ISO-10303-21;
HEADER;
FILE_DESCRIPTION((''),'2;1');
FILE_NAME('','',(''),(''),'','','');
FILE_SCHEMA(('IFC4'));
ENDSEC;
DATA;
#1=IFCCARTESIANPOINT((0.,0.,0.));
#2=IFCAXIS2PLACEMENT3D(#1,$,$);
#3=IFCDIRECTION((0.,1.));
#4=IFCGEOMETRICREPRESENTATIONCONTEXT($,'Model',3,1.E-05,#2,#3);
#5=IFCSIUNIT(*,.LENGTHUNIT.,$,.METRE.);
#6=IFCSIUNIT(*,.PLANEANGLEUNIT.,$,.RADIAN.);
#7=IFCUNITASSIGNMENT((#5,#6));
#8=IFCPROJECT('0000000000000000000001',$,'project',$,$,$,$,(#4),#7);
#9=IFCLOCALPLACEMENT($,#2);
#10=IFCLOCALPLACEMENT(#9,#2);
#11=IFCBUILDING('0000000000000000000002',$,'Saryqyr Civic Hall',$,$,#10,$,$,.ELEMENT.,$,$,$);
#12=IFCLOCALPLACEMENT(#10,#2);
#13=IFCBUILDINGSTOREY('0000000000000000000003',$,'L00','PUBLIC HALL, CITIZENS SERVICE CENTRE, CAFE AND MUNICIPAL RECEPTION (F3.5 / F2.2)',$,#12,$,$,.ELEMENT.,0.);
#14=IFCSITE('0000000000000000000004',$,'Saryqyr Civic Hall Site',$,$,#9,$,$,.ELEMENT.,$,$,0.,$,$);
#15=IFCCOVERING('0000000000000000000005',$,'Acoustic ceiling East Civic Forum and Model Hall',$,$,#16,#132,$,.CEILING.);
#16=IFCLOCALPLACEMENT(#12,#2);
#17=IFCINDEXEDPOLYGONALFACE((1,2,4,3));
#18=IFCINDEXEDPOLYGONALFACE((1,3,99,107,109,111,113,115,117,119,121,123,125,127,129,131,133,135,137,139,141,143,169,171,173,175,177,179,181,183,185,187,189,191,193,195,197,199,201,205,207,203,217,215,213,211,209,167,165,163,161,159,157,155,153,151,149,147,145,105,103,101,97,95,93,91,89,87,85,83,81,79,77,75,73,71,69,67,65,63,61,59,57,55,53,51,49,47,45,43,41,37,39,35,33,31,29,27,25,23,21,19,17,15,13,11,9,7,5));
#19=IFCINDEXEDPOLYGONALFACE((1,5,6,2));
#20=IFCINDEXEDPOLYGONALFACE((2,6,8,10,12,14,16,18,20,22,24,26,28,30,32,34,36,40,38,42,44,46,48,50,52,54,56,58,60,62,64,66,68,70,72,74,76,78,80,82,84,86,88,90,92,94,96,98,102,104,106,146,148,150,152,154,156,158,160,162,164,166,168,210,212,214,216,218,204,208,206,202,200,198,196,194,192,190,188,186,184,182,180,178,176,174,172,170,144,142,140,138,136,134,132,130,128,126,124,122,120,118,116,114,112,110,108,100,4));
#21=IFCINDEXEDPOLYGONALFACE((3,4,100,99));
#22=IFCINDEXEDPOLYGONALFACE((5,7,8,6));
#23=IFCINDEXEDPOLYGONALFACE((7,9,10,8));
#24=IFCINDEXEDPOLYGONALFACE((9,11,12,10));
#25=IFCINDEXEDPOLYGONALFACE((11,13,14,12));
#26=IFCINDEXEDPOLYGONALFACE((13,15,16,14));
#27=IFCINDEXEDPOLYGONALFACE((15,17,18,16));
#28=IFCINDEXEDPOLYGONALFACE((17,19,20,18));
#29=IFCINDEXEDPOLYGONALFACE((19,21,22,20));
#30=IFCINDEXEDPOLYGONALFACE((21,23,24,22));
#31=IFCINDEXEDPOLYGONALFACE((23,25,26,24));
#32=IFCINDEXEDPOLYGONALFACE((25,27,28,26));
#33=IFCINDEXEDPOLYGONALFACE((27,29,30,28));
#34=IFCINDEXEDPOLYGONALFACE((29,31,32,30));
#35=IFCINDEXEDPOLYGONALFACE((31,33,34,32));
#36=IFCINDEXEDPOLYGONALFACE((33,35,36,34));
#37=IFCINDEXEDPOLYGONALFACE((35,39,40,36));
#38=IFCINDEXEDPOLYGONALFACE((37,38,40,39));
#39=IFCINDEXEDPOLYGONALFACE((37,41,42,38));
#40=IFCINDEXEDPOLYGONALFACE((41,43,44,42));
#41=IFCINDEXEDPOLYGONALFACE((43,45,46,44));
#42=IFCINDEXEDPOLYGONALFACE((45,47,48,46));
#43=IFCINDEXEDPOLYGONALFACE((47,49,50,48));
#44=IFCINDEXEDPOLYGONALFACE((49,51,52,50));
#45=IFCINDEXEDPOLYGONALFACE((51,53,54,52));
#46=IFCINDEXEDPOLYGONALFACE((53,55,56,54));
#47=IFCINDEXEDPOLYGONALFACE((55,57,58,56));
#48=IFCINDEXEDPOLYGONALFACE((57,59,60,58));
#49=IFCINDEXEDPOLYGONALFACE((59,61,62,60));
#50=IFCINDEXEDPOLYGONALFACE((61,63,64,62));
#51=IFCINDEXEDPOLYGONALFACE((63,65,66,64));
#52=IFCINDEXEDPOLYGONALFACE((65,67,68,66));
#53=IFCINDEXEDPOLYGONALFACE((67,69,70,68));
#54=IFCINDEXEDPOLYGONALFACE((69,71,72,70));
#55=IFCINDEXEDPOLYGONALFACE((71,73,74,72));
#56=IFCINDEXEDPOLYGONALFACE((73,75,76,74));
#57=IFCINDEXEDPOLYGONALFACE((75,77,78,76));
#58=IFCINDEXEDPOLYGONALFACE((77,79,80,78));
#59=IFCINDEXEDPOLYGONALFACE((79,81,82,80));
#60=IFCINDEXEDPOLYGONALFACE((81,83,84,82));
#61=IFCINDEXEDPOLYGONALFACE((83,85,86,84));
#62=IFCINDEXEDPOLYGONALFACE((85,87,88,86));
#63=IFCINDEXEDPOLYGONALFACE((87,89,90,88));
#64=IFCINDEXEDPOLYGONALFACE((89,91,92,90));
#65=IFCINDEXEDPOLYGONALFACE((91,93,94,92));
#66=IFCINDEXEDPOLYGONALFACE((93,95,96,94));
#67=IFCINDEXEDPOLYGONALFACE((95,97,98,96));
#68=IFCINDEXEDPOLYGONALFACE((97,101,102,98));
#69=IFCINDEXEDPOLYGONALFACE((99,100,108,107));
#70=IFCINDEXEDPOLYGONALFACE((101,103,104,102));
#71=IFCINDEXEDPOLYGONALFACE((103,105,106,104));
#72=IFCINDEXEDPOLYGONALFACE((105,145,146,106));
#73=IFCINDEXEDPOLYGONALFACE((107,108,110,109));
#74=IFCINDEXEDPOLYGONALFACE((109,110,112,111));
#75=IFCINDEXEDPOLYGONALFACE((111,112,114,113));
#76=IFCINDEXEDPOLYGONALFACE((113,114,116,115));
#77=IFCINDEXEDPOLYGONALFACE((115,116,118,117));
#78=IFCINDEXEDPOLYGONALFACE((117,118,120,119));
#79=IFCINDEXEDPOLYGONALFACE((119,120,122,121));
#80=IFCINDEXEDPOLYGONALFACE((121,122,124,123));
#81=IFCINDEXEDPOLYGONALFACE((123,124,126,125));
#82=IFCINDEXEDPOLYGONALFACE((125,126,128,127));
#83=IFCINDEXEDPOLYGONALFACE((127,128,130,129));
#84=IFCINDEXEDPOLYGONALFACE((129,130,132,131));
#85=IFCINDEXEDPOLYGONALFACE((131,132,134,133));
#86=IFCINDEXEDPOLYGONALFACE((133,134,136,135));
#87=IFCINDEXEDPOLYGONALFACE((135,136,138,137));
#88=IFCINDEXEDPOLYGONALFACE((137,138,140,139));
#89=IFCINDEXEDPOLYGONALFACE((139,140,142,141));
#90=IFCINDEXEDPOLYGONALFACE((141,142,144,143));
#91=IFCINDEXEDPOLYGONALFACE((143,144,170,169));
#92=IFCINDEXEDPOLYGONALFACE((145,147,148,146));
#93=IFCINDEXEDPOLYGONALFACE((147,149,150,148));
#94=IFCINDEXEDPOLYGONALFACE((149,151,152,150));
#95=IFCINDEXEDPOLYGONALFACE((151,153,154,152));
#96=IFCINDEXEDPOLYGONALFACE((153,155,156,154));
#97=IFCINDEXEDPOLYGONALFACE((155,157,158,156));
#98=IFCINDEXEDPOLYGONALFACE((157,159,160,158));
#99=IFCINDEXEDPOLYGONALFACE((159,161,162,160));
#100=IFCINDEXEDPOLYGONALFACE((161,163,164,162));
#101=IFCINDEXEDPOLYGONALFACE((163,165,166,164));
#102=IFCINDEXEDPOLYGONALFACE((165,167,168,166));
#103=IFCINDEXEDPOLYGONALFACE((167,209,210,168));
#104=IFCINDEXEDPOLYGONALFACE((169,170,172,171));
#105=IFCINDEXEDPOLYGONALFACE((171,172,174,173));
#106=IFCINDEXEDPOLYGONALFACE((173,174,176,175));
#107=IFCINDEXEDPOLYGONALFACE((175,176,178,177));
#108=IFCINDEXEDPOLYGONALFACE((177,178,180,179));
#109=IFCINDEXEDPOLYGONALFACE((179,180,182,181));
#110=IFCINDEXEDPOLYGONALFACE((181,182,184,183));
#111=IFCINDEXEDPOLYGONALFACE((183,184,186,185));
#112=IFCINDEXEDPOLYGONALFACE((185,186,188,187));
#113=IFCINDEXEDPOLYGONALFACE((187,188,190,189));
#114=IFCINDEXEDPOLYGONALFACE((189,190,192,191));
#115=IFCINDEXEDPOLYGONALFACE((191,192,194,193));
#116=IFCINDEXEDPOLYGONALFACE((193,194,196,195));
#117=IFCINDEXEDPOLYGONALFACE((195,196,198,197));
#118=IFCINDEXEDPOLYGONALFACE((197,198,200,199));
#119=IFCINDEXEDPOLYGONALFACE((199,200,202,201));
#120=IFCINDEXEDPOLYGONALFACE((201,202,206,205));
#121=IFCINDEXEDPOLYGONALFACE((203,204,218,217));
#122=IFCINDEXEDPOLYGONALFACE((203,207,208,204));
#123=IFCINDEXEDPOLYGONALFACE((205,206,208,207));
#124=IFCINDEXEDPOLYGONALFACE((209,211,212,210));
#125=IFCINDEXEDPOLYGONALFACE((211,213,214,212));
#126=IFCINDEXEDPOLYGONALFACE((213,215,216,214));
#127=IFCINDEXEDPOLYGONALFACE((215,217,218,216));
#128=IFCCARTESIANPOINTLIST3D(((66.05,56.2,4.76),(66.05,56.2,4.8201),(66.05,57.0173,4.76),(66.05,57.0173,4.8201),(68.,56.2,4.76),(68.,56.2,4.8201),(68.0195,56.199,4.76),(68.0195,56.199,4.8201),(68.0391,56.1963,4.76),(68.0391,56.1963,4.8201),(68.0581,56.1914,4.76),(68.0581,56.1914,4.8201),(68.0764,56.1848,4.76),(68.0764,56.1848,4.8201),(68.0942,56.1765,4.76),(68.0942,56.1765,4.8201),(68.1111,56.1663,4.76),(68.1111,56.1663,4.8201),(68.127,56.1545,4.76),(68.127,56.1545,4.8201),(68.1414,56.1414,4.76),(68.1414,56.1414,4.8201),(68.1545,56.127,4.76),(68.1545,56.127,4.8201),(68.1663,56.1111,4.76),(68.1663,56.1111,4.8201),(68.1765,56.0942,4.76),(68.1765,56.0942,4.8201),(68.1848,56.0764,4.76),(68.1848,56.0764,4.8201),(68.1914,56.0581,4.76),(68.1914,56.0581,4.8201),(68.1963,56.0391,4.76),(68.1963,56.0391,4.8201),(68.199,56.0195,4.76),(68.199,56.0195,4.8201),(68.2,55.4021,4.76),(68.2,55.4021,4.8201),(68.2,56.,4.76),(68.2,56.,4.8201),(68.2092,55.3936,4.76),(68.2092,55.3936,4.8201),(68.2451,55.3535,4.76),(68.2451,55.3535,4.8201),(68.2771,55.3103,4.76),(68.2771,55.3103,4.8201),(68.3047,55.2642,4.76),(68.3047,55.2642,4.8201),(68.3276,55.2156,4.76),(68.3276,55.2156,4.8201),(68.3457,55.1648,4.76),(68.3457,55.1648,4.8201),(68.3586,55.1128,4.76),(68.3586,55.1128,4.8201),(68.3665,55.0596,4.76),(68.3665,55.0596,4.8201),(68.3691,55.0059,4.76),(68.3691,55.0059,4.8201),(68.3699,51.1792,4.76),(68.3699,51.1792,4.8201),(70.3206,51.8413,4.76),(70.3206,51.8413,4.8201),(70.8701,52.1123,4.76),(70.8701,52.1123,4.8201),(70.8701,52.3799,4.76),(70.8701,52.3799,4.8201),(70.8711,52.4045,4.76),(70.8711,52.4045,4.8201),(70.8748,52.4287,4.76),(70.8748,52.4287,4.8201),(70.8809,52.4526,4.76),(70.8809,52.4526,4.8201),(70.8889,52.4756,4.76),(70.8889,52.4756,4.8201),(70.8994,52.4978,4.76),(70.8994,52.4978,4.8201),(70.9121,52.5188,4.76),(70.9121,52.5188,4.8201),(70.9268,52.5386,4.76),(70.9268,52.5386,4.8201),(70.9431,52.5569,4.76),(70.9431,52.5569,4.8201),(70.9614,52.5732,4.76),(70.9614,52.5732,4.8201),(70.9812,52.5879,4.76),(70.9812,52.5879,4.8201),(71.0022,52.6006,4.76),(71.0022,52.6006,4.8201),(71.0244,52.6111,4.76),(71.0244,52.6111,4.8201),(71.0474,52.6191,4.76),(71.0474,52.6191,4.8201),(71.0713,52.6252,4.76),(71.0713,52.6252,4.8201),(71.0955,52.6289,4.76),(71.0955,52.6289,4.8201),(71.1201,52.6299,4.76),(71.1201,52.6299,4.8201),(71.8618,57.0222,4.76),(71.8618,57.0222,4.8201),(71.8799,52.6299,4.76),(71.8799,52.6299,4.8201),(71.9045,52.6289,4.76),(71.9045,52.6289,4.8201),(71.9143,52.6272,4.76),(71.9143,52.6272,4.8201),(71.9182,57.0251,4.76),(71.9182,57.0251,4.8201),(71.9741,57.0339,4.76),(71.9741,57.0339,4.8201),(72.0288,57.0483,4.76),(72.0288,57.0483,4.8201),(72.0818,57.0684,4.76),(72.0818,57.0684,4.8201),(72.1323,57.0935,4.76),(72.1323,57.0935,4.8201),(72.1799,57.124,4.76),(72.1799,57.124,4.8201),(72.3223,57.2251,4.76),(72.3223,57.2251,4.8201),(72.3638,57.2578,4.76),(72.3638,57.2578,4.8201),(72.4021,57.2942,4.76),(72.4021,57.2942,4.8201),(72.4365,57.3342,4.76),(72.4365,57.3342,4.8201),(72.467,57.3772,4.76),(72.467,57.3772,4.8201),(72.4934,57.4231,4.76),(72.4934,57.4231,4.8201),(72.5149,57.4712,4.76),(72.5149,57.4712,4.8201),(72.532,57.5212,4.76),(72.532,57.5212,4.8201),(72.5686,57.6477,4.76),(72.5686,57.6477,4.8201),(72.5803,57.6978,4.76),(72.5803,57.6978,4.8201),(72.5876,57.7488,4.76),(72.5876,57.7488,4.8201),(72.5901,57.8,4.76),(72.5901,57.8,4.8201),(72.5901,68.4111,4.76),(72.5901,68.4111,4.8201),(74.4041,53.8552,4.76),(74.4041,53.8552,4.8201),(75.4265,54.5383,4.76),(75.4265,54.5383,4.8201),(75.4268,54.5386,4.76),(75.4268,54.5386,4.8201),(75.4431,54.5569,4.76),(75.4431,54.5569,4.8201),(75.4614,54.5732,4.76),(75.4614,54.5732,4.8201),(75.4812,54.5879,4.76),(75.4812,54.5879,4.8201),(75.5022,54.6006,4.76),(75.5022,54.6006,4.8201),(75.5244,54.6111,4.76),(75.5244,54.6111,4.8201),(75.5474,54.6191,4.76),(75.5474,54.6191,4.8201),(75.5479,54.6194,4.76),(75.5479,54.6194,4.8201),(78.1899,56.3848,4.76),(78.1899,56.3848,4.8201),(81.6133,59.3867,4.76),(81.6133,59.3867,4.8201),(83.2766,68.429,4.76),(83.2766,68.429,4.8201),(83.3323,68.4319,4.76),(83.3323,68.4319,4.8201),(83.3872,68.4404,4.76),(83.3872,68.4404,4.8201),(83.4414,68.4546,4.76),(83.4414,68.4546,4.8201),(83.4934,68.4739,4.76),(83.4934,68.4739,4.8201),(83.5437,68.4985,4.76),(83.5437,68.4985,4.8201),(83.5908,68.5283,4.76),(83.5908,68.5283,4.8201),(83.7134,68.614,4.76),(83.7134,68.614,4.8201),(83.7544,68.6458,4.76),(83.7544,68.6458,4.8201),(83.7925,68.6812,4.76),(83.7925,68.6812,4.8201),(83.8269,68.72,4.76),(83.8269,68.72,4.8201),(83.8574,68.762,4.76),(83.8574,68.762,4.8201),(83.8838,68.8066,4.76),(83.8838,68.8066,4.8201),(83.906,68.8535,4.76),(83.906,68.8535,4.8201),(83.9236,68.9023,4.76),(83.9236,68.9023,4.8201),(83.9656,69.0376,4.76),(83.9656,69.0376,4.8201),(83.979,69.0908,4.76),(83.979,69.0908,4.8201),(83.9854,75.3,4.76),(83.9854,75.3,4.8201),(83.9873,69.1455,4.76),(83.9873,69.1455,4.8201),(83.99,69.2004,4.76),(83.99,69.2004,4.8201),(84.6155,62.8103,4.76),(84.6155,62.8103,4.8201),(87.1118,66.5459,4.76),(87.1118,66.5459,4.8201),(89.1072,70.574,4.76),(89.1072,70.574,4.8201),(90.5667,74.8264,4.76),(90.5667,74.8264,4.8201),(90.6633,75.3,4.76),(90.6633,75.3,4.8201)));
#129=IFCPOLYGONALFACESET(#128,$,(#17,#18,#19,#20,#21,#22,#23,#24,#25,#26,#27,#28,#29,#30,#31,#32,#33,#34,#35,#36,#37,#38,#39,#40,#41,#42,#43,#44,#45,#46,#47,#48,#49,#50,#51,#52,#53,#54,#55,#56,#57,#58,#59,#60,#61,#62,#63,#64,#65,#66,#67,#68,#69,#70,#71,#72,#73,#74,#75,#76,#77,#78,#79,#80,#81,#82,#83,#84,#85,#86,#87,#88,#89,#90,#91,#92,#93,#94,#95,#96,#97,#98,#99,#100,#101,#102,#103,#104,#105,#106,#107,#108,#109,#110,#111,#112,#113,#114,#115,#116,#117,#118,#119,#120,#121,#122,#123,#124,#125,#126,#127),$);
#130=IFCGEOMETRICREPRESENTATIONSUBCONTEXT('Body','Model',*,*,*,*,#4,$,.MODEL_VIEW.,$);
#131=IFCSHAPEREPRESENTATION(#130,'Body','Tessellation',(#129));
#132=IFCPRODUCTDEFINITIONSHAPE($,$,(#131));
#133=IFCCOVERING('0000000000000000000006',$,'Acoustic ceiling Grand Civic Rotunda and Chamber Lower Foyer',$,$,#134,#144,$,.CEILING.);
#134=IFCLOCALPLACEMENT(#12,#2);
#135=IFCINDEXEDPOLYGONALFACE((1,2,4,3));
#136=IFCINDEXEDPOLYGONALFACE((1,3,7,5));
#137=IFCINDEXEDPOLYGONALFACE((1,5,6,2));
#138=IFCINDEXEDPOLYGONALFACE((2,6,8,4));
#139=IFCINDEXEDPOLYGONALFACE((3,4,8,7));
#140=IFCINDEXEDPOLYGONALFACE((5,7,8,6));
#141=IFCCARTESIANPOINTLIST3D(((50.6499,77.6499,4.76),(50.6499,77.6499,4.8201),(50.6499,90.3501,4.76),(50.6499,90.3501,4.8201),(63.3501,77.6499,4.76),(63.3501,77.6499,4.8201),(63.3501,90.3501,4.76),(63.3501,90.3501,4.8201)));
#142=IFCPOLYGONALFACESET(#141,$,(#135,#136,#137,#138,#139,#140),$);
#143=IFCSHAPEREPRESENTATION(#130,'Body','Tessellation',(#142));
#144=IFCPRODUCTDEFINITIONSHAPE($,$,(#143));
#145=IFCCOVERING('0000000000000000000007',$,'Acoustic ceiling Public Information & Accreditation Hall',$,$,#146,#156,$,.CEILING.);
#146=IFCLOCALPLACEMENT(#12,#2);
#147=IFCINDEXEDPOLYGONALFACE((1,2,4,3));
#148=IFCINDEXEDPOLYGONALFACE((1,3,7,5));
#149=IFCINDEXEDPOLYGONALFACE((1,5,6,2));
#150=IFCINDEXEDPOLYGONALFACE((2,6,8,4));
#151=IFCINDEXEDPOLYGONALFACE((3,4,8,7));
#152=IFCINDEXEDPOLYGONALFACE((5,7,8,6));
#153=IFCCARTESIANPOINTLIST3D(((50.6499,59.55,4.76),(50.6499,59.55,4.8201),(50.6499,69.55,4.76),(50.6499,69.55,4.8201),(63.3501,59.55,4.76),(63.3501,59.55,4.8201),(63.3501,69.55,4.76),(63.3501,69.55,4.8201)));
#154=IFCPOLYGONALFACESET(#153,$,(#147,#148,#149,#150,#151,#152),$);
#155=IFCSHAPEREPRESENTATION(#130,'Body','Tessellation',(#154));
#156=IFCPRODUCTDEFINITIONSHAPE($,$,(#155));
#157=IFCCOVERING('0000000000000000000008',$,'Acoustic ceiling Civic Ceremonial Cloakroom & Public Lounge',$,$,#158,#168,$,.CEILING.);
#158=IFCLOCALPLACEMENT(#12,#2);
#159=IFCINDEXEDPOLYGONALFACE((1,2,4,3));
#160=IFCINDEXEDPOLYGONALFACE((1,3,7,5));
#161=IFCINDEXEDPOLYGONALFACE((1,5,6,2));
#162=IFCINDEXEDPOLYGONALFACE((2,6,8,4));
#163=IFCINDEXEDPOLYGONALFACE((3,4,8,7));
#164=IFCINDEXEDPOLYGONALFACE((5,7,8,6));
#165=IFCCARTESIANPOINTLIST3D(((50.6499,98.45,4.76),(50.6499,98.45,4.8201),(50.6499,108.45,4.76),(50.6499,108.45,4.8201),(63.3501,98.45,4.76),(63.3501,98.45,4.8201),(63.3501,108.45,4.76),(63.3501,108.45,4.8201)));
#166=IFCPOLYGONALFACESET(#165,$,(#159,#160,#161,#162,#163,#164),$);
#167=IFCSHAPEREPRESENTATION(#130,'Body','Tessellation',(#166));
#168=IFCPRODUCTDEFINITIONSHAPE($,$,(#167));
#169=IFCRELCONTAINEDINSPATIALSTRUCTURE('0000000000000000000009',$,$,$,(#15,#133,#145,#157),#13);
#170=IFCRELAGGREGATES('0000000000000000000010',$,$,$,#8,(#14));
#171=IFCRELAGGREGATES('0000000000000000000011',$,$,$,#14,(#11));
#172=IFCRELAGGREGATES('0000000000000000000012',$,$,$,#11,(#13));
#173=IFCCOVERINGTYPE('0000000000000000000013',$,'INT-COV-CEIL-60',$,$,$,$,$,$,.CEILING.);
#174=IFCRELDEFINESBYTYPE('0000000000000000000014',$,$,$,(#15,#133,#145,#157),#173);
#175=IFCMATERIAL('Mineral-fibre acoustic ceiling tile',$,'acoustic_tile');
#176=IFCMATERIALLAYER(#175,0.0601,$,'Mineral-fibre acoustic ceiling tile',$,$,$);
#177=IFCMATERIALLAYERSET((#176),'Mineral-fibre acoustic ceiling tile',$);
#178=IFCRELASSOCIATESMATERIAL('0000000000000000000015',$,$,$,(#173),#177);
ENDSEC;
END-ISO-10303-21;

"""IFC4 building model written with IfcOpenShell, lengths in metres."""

from ifc_helpers import new_model, si_unit, direction, frame, origin, place, context, subcontext, project, spatial, polyline, outline, extrude, material, layer, layer_set, type_object, element, save


model = new_model("IFC4")

# Units and contexts
model_context = context("Model", 3, precision=1e-05, world=origin(), true_north=direction((0.0, 1.0)))
body_context = subcontext(model_context, "Body", "Model", "MODEL_VIEW")
ifc_project = project(units=[si_unit("LENGTHUNIT", "METRE"), si_unit("PLANEANGLEUNIT", "RADIAN")], contexts=[model_context])

# Site, building, storey
site_placement = place(None, origin())
site = spatial("IfcSite", under=ifc_project, at=site_placement, Name="Saryqyr Civic Hall Site", CompositionType="ELEMENT", RefElevation=0.0)
building_placement = place(site_placement, origin())
building = spatial("IfcBuilding", under=site, at=building_placement, Name="Saryqyr Civic Hall", CompositionType="ELEMENT")
storey_placement = place(building_placement, origin())
storey = spatial("IfcBuildingStorey", under=building, at=storey_placement, Name="L00", Description="PUBLIC HALL, CITIZENS SERVICE CENTRE, CAFE AND MUNICIPAL RECEPTION (F3.5 / F2.2)", CompositionType="ELEMENT", Elevation=0.0)

# Coverings
ifc_material_1 = material(Name="Mineral-fibre acoustic ceiling tile", Category="acoustic_tile")
ifc_layer_1 = layer(ifc_material_1, 0.0601, Name="Mineral-fibre acoustic ceiling tile")
ifc_layer_set_1 = layer_set([ifc_layer_1], Name="Mineral-fibre acoustic ceiling tile")
covering_type = type_object("IfcCoveringType", Name="INT-COV-CEIL-60", PredefinedType="CEILING", material=ifc_layer_set_1)
covering_1_placement = place(storey_placement, frame((0.0, 0.0, 4.76)))
element("IfcCovering", 1, at=covering_1_placement, inside=storey, type_object=covering_type, Name="Acoustic ceiling East Civic Forum and Model Hall", PredefinedType="CEILING", context=body_context, shape_type="SweptSolid", body=[
    extrude(outline(polyline([(90.5667, 74.8264), (89.1072, 70.574), (87.1118, 66.5459), (84.6155, 62.8103), (81.6133, 59.3867), (78.1899, 56.3848), (75.5479, 54.6194), (75.5474, 54.6191), (75.5244, 54.6111), (75.5022, 54.6006), (75.4812, 54.5879), (75.4614, 54.5732), (75.4431, 54.5569), (75.4268, 54.5386), (75.4265, 54.5383), (74.4041, 53.8552), (71.9143, 52.6272), (71.9045, 52.6289), (71.8799, 52.6299), (71.1201, 52.6299), (71.0955, 52.6289), (71.0713, 52.6252), (71.0474, 52.6191), (71.0244, 52.6111), (71.0022, 52.6006), (70.9812, 52.5879), (70.9614, 52.5732), (70.9431, 52.5569), (70.9268, 52.5386), (70.9121, 52.5188), (70.8994, 52.4978), (70.8889, 52.4756), (70.8809, 52.4526), (70.8748, 52.4287), (70.8711, 52.4045), (70.8701, 52.3799), (70.8701, 52.1123), (70.3206, 51.8413), (68.3699, 51.1792), (68.3691, 55.0059), (68.3665, 55.0596), (68.3586, 55.1128), (68.3457, 55.1648), (68.3276, 55.2156), (68.3047, 55.2642), (68.2771, 55.3103), (68.2451, 55.3535), (68.2092, 55.3936), (68.2, 55.4021), (68.2, 56.0), (68.199, 56.0195), (68.1963, 56.0391), (68.1914, 56.0581), (68.1848, 56.0764), (68.1765, 56.0942), (68.1663, 56.1111), (68.1545, 56.127), (68.1414, 56.1414), (68.127, 56.1545), (68.1111, 56.1663), (68.0942, 56.1765), (68.0764, 56.1848), (68.0581, 56.1914), (68.0391, 56.1963), (68.0195, 56.199), (68.0, 56.2), (66.05, 56.2), (66.05, 57.0173), (71.8618, 57.0222), (71.9182, 57.0251), (71.9741, 57.0339), (72.0288, 57.0483), (72.0818, 57.0684), (72.1323, 57.0935), (72.1799, 57.124), (72.3223, 57.2251), (72.3638, 57.2578), (72.4021, 57.2942), (72.4365, 57.3342), (72.467, 57.3772), (72.4934, 57.4231), (72.5149, 57.4712), (72.532, 57.5212), (72.5686, 57.6477), (72.5803, 57.6978), (72.5876, 57.7488), (72.5901, 57.8), (72.5901, 68.4111), (83.2766, 68.429), (83.3323, 68.4319), (83.3872, 68.4404), (83.4414, 68.4546), (83.4934, 68.4739), (83.5437, 68.4985), (83.5908, 68.5283), (83.7134, 68.614), (83.7544, 68.6458), (83.7925, 68.6812), (83.8269, 68.72), (83.8574, 68.762), (83.8838, 68.8066), (83.906, 68.8535), (83.9236, 68.9023), (83.9656, 69.0376), (83.979, 69.0908), (83.9873, 69.1455), (83.99, 69.2004), (83.9854, 75.3), (90.6633, 75.3), (90.5667, 74.8264)])), origin(), (0.0, 0.0, 1.0), 0.0601),
])
covering_2_placement = place(storey_placement, frame((0.0, 0.0, 4.76)))
element("IfcCovering", 2, at=covering_2_placement, inside=storey, type_object=covering_type, Name="Acoustic ceiling Grand Civic Rotunda and Chamber Lower Foyer", PredefinedType="CEILING", context=body_context, shape_type="SweptSolid", body=[
    extrude(outline(polyline([(50.6499, 77.6499), (50.6499, 90.3501), (63.3501, 90.3501), (63.3501, 77.6499), (50.6499, 77.6499)])), origin(), (0.0, 0.0, 1.0), 0.0601),
])
covering_3_placement = place(storey_placement, frame((0.0, 0.0, 4.76)))
element("IfcCovering", 3, at=covering_3_placement, inside=storey, type_object=covering_type, Name="Acoustic ceiling Public Information & Accreditation Hall", PredefinedType="CEILING", context=body_context, shape_type="SweptSolid", body=[
    extrude(outline(polyline([(50.6499, 59.55), (50.6499, 69.55), (63.3501, 69.55), (63.3501, 59.55), (50.6499, 59.55)])), origin(), (0.0, 0.0, 1.0), 0.0601),
])
covering_4_placement = place(storey_placement, frame((0.0, 0.0, 4.76)))
element("IfcCovering", 4, at=covering_4_placement, inside=storey, type_object=covering_type, Name="Acoustic ceiling Civic Ceremonial Cloakroom & Public Lounge", PredefinedType="CEILING", context=body_context, shape_type="SweptSolid", body=[
    extrude(outline(polyline([(50.6499, 98.45), (50.6499, 108.45), (63.3501, 108.45), (63.3501, 98.45), (50.6499, 98.45)])), origin(), (0.0, 0.0, 1.0), 0.0601),
])

save(model, "model.ifc")
